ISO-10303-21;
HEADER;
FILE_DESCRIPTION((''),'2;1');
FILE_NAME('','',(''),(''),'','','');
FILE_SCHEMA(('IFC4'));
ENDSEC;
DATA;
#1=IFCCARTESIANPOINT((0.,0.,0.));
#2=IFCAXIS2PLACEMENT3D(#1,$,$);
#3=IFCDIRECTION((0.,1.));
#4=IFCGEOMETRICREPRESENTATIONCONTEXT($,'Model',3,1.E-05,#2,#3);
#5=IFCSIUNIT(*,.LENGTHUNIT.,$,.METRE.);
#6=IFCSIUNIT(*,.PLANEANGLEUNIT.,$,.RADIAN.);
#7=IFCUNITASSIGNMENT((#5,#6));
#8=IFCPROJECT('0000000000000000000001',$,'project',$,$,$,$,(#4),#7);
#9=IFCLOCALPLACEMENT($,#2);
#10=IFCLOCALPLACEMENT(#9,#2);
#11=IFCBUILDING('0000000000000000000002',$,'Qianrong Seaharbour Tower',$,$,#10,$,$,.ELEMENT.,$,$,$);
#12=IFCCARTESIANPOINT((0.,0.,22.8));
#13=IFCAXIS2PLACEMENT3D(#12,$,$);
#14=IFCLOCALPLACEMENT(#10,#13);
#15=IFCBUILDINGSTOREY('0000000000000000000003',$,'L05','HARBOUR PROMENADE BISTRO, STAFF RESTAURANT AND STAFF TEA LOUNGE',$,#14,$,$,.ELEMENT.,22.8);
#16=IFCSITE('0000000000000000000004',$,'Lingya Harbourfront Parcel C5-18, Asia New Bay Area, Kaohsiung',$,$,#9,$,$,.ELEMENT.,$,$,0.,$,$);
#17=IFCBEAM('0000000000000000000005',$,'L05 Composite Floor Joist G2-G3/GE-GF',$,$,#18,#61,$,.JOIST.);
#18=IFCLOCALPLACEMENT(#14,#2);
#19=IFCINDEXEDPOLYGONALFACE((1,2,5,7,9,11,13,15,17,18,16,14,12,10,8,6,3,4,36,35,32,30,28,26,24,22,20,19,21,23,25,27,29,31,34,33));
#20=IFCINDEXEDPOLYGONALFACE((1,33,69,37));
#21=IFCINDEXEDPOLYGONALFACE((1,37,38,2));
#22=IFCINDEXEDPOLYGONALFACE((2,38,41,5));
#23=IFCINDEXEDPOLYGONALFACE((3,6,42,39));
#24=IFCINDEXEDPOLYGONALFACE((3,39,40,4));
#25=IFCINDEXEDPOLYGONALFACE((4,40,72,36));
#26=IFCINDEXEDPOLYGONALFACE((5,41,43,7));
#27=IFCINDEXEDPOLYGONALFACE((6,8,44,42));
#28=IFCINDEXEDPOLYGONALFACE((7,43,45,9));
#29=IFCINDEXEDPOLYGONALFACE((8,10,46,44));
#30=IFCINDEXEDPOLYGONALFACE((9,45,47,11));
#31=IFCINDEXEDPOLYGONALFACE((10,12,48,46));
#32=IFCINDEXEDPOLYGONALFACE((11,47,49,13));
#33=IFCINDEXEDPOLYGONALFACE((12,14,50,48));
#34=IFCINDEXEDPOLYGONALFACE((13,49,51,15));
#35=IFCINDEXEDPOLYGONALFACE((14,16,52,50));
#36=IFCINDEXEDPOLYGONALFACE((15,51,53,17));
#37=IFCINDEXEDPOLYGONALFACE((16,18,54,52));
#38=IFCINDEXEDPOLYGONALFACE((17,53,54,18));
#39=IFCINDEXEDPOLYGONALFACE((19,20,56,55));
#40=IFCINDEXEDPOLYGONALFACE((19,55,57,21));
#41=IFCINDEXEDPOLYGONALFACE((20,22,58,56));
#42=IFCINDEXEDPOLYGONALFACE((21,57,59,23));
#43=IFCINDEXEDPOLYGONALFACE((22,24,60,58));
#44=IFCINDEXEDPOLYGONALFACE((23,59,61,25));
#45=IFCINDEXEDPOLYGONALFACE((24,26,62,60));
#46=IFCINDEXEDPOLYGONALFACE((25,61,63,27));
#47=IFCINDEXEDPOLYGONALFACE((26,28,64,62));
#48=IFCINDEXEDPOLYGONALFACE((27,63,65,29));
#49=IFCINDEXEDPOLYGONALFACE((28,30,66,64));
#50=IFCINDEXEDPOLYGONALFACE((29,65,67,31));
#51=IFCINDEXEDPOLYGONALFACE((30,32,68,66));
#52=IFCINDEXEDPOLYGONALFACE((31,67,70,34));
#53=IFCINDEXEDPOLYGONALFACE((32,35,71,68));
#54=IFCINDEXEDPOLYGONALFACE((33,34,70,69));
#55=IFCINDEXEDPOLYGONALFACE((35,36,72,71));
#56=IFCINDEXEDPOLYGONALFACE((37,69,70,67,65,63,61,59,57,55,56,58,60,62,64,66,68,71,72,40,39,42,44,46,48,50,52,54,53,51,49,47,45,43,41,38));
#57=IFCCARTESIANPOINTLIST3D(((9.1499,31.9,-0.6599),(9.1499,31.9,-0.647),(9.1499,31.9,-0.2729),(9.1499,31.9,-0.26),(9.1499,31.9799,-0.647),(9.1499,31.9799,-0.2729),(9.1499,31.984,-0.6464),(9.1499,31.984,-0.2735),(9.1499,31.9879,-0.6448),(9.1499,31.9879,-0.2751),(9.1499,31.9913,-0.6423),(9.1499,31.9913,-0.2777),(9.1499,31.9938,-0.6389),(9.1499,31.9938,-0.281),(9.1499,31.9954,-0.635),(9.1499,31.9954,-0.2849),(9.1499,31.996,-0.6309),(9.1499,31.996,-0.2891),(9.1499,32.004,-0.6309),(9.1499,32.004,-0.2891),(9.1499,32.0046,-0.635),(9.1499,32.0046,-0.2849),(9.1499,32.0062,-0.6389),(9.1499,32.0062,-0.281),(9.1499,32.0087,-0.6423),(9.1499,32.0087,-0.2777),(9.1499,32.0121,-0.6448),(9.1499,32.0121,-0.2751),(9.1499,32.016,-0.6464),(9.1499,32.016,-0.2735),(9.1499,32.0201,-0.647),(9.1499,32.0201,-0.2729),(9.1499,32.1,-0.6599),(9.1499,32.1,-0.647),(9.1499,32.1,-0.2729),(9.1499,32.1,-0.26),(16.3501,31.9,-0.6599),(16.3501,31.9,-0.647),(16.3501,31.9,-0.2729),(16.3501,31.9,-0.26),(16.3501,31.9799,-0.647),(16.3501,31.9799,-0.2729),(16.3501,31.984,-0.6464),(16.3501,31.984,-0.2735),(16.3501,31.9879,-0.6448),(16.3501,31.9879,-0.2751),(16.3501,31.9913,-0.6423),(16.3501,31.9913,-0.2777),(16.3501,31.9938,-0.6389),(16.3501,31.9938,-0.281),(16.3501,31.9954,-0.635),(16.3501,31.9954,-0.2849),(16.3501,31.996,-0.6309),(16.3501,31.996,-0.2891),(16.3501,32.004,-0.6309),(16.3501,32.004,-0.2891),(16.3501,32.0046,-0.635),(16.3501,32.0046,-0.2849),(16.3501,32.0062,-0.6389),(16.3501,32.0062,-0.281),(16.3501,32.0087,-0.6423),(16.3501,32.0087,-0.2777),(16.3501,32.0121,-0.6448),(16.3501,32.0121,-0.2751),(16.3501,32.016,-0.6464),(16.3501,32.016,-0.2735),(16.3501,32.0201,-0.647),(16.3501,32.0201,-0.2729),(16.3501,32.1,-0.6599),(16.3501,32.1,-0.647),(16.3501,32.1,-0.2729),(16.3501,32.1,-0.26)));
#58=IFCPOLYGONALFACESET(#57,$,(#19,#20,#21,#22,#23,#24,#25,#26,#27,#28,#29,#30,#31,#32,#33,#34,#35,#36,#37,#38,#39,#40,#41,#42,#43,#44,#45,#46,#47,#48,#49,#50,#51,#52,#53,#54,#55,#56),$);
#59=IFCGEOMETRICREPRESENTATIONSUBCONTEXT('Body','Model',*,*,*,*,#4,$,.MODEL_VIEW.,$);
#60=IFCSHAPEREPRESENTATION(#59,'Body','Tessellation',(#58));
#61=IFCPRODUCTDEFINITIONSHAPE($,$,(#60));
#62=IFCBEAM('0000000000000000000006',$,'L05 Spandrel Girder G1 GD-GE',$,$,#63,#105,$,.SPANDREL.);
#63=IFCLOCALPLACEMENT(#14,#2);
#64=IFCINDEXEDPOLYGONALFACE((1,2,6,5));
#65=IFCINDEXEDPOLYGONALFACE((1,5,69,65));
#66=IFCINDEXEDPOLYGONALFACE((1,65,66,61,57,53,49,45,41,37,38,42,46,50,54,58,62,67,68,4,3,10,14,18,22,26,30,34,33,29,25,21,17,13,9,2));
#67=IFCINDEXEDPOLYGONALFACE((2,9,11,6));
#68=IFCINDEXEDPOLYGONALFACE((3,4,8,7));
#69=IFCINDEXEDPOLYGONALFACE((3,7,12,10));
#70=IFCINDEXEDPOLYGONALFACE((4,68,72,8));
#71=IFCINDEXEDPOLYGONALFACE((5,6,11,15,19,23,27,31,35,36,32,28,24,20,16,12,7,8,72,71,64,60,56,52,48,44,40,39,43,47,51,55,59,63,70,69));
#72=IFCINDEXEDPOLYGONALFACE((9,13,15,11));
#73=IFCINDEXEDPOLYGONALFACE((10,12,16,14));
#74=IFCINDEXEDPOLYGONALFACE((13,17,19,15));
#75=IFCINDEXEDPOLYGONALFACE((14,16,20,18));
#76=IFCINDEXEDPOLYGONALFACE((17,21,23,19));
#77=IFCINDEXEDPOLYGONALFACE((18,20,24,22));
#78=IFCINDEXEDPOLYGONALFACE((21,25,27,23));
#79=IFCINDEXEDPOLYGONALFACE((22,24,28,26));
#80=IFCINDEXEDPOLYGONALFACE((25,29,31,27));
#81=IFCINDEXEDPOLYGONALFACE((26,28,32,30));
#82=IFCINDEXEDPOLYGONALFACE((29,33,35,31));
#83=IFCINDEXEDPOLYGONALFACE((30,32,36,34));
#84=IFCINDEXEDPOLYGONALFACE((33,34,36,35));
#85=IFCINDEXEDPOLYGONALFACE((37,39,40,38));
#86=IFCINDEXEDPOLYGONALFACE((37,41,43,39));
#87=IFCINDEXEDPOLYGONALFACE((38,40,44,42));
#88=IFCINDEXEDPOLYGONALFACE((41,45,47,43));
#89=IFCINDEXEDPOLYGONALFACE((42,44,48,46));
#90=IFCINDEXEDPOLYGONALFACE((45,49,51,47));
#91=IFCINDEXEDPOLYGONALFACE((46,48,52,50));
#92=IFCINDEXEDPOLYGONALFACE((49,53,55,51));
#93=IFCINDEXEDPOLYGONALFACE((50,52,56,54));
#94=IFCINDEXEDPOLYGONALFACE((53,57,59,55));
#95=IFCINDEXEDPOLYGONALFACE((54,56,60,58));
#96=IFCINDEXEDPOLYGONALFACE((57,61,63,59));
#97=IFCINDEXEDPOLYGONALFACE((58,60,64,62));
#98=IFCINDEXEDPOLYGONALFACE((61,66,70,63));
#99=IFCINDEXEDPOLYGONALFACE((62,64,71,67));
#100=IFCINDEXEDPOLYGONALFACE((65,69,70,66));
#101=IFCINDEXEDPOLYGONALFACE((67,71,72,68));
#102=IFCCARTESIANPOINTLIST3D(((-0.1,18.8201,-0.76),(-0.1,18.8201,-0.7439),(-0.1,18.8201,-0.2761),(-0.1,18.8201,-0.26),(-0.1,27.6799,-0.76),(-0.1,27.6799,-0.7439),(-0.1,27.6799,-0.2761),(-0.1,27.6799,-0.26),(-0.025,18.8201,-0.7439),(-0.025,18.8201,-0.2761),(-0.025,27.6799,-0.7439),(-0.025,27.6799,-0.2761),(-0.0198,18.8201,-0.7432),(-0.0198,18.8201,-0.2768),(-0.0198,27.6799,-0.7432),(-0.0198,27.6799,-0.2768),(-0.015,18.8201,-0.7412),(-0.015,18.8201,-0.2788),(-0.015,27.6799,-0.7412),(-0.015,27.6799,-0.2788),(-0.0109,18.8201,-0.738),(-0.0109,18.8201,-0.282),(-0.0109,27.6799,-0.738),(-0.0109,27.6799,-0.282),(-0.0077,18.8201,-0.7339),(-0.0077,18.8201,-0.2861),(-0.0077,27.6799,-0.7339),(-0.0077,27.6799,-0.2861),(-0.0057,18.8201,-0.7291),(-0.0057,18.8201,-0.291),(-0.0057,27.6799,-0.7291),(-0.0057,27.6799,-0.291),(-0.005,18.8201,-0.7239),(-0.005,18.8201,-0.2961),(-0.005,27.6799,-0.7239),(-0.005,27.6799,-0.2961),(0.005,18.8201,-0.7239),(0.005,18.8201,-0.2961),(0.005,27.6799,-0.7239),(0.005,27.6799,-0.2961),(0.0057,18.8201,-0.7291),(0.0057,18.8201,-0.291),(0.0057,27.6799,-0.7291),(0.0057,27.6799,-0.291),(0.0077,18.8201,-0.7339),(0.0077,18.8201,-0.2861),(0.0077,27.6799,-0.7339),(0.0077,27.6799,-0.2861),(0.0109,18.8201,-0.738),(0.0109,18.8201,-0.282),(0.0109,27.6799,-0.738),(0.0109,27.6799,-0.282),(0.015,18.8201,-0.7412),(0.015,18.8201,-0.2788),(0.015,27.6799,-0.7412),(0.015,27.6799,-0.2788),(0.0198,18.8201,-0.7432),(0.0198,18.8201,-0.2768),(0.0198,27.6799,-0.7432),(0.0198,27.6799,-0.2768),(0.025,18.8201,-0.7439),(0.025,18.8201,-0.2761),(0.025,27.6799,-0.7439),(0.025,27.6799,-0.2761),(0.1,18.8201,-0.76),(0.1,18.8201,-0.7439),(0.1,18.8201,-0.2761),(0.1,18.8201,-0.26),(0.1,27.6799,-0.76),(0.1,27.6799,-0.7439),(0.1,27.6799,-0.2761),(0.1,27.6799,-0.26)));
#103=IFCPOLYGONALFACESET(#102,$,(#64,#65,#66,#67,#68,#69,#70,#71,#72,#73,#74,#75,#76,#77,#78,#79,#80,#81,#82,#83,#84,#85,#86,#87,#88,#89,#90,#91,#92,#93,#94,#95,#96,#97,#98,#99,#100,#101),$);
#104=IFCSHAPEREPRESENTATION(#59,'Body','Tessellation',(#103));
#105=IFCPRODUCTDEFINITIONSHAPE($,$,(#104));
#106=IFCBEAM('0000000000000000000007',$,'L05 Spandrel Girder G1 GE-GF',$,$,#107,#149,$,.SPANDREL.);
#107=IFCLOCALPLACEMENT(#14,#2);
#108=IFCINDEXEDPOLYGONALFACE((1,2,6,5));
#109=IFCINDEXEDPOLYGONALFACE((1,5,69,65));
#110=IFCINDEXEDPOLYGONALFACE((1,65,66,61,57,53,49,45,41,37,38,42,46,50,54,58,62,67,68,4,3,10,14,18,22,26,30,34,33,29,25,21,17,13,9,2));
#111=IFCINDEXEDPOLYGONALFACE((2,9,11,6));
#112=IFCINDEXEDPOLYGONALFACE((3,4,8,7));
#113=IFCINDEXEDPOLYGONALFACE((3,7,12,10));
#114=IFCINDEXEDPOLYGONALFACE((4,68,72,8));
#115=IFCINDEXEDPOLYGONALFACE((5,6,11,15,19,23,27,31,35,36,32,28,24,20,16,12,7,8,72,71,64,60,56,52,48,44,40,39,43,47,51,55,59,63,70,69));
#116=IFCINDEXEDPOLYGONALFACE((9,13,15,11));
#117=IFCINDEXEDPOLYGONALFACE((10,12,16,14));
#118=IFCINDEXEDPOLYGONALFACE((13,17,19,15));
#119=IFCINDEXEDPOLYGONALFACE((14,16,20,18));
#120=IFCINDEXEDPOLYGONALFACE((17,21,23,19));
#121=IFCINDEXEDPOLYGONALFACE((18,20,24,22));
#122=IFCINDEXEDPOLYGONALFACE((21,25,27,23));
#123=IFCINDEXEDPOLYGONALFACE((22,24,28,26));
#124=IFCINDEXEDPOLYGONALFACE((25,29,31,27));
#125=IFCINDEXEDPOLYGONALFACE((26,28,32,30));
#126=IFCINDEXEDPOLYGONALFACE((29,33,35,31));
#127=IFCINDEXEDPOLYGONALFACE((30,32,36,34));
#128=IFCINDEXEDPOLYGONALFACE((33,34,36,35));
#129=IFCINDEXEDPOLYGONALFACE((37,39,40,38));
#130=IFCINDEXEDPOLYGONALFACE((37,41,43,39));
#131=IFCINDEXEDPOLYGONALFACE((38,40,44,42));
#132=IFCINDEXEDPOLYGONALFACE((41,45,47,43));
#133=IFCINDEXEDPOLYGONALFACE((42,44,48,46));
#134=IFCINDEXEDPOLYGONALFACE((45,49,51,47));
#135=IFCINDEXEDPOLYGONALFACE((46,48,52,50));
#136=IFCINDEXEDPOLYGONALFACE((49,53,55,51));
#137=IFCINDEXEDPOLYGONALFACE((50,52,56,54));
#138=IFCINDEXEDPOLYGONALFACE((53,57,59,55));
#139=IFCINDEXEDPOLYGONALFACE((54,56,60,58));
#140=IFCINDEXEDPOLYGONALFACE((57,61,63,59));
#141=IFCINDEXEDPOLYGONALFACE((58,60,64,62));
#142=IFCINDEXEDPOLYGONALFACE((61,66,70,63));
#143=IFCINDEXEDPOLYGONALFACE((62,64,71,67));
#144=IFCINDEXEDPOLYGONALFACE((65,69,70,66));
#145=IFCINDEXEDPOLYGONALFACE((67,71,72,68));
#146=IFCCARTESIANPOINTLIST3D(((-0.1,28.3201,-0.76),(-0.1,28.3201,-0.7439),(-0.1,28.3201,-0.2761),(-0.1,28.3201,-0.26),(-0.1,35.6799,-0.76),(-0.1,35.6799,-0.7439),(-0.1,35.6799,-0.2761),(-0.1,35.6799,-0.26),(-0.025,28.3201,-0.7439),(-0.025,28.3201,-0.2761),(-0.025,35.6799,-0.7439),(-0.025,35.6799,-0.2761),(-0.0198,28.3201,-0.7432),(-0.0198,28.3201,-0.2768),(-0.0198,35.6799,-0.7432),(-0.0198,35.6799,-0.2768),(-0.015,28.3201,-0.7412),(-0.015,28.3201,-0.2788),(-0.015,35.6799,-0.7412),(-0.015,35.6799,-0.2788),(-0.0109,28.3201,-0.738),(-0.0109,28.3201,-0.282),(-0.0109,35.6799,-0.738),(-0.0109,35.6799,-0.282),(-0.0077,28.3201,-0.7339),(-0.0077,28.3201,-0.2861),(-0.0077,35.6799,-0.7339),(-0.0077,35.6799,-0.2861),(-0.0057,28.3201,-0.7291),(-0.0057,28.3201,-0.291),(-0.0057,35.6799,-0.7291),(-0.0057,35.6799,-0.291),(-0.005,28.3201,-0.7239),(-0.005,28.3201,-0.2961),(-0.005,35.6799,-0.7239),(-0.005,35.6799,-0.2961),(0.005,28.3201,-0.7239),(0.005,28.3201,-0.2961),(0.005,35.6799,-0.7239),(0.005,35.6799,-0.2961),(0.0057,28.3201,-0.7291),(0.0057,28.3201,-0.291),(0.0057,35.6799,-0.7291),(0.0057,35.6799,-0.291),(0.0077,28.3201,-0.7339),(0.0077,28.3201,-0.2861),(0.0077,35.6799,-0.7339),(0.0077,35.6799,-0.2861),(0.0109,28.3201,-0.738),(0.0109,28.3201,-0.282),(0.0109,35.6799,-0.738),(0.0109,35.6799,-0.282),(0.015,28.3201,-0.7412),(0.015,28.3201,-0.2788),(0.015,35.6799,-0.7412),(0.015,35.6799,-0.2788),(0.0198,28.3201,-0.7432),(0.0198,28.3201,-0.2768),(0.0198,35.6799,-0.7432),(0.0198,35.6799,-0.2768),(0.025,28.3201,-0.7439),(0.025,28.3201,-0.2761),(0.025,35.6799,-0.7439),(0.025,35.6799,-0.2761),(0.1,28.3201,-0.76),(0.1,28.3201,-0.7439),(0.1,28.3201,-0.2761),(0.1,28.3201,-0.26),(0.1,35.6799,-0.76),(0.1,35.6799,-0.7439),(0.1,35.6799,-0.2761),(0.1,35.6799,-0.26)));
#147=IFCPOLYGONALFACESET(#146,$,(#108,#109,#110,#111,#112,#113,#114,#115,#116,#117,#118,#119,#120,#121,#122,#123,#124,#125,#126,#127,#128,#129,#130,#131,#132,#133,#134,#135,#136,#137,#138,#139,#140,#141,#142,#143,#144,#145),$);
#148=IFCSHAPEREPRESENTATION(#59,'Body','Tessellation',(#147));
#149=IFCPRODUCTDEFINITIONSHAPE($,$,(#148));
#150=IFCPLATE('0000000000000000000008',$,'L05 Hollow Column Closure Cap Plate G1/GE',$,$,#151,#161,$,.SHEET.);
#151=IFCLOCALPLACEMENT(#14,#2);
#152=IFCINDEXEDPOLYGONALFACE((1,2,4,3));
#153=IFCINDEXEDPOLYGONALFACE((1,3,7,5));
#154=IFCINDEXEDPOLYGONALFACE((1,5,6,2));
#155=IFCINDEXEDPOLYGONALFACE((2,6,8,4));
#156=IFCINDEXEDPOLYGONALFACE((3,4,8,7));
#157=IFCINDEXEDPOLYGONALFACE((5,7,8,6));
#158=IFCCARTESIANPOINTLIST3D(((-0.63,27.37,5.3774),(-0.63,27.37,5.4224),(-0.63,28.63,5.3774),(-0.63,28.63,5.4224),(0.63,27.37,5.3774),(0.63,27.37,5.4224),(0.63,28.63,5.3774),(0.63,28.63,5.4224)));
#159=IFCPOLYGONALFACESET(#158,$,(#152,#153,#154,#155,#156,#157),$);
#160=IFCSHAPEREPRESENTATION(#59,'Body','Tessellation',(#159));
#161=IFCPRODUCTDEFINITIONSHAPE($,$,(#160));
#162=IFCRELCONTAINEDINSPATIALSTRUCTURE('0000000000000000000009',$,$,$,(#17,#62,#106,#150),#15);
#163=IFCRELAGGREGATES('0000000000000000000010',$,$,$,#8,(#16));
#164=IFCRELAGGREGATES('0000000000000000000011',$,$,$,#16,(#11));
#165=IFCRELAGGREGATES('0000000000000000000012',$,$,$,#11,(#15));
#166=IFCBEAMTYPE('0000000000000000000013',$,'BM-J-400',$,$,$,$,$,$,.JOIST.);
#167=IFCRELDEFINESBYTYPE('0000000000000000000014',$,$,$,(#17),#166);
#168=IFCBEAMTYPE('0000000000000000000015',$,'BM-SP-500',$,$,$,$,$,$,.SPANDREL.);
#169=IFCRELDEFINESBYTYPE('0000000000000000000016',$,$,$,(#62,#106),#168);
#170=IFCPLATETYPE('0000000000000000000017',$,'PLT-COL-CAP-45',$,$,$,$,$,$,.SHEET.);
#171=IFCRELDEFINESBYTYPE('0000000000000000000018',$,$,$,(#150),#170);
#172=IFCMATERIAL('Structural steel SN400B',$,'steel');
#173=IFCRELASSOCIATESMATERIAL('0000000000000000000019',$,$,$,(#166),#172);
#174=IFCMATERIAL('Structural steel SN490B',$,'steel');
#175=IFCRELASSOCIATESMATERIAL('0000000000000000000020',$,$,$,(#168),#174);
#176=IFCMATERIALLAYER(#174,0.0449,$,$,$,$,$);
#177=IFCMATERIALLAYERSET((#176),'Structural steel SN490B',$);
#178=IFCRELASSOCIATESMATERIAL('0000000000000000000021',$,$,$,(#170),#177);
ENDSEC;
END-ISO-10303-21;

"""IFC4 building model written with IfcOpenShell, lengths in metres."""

from ifc_helpers import new_model, si_unit, direction, frame, origin, origin_2d, place, context, subcontext, project, spatial, rectangle, i_section, extrude, material, layer, layer_set, material_profile, profile_set, type_object, element, save


model = new_model("IFC4")

# Units and contexts
model_context = context("Model", 3, precision=1e-05, world=origin(), true_north=direction((0.0, 1.0)))
body_context = subcontext(model_context, "Body", "Model", "MODEL_VIEW")
ifc_project = project(units=[si_unit("LENGTHUNIT", "METRE"), si_unit("PLANEANGLEUNIT", "RADIAN")], contexts=[model_context])

# Site, building, storey
site_placement = place(None, origin())
site = spatial("IfcSite", under=ifc_project, at=site_placement, Name="Lingya Harbourfront Parcel C5-18, Asia New Bay Area, Kaohsiung", CompositionType="ELEMENT", RefElevation=0.0)
building_placement = place(site_placement, origin())
building = spatial("IfcBuilding", under=site, at=building_placement, Name="Qianrong Seaharbour Tower", CompositionType="ELEMENT")
storey_placement = place(building_placement, frame((0.0, 0.0, 22.8)))
storey = spatial("IfcBuildingStorey", under=building, at=storey_placement, Name="L05", Description="HARBOUR PROMENADE BISTRO, STAFF RESTAURANT AND STAFF TEA LOUNGE", CompositionType="ELEMENT", Elevation=22.8)

# Shared definitions
ifc_material_1 = material(Name="Structural steel SN490B", Category="steel")

# Beams
ifc_material_2 = material(Name="Structural steel SN400B", Category="steel")
ifc_material_profile_1 = material_profile(ifc_material_2, i_section(OverallWidth=0.2, OverallDepth=0.3999, WebThickness=0.0081, FlangeThickness=0.0129, FilletRadius=0.0161, at=origin_2d()), Name="H400x200x8x13")
ifc_profile_set_1 = profile_set([ifc_material_profile_1], Name="Structural steel SN400B")
beam_type_1 = type_object("IfcBeamType", Name="BM-J-400", PredefinedType="JOIST", material=ifc_profile_set_1)
for number, where, z_axis, x_axis, name in (
    (1, (9.1499, 32.0, -0.46), (1.0, 0.0, 0.0), (0.0, 1.0, 0.0), "L05 Composite Floor Joist G2-G3/GE-GF"),
):
    element("IfcBeam", number, at=place(storey_placement, frame(where, z_axis=z_axis, x_axis=x_axis)), inside=storey, type_object=beam_type_1, Name=name, PredefinedType="JOIST", context=body_context, shape_type="SweptSolid", body=[
        extrude(i_section(OverallWidth=0.2, OverallDepth=0.3999, WebThickness=0.0081, FlangeThickness=0.0129, FilletRadius=0.0161, at=origin_2d()), origin(), (0.0, 0.0, 1.0), 7.2002),
    ])
ifc_material_profile_2 = material_profile(ifc_material_1, i_section(OverallWidth=0.2, OverallDepth=0.5, WebThickness=0.01, FlangeThickness=0.0161, FilletRadius=0.02, at=origin_2d()), Name="H500x200x10x16")
ifc_profile_set_2 = profile_set([ifc_material_profile_2], Name="Structural steel SN490B")
beam_type_2 = type_object("IfcBeamType", Name="BM-SP-500", PredefinedType="SPANDREL", material=ifc_profile_set_2)
beam_1_placement = place(storey_placement, frame((0.0, 18.8201, -0.51), z_axis=(0.0, 1.0, 0.0), x_axis=(-1.0, 0.0, 0.0)))
element("IfcBeam", 2, at=beam_1_placement, inside=storey, type_object=beam_type_2, Name="L05 Spandrel Girder G1 GD-GE", PredefinedType="SPANDREL", context=body_context, shape_type="SweptSolid", body=[
    extrude(i_section(OverallWidth=0.2, OverallDepth=0.5, WebThickness=0.01, FlangeThickness=0.0161, FilletRadius=0.02, at=origin_2d()), origin(), (0.0, 0.0, 1.0), 8.8599),
])
beam_2_placement = place(storey_placement, frame((0.0, 28.3201, -0.51), z_axis=(0.0, 1.0, 0.0), x_axis=(-1.0, 0.0, 0.0)))
element("IfcBeam", 3, at=beam_2_placement, inside=storey, type_object=beam_type_2, Name="L05 Spandrel Girder G1 GE-GF", PredefinedType="SPANDREL", context=body_context, shape_type="SweptSolid", body=[
    extrude(i_section(OverallWidth=0.2, OverallDepth=0.5, WebThickness=0.01, FlangeThickness=0.0161, FilletRadius=0.02, at=origin_2d()), origin(), (0.0, 0.0, 1.0), 7.3599),
])

# Plate
ifc_layer_1 = layer(ifc_material_1, 0.0449)
ifc_layer_set_1 = layer_set([ifc_layer_1], Name="Structural steel SN490B")
plate_type = type_object("IfcPlateType", Name="PLT-COL-CAP-45", PredefinedType="SHEET", material=ifc_layer_set_1)
plate_placement = place(storey_placement, frame((0.0, 28.0, 5.3774), z_axis=(0.0, 0.0, 1.0), x_axis=(1.0, 0.0, 0.0)))
element("IfcPlate", 4, at=plate_placement, inside=storey, type_object=plate_type, Name="L05 Hollow Column Closure Cap Plate G1/GE", PredefinedType="SHEET", context=body_context, shape_type="SweptSolid", body=[
    extrude(rectangle(XDim=1.26, YDim=1.26, at=origin_2d()), origin(), (0.0, 0.0, 1.0), 0.0449),
])

save(model, "model.ifc")
